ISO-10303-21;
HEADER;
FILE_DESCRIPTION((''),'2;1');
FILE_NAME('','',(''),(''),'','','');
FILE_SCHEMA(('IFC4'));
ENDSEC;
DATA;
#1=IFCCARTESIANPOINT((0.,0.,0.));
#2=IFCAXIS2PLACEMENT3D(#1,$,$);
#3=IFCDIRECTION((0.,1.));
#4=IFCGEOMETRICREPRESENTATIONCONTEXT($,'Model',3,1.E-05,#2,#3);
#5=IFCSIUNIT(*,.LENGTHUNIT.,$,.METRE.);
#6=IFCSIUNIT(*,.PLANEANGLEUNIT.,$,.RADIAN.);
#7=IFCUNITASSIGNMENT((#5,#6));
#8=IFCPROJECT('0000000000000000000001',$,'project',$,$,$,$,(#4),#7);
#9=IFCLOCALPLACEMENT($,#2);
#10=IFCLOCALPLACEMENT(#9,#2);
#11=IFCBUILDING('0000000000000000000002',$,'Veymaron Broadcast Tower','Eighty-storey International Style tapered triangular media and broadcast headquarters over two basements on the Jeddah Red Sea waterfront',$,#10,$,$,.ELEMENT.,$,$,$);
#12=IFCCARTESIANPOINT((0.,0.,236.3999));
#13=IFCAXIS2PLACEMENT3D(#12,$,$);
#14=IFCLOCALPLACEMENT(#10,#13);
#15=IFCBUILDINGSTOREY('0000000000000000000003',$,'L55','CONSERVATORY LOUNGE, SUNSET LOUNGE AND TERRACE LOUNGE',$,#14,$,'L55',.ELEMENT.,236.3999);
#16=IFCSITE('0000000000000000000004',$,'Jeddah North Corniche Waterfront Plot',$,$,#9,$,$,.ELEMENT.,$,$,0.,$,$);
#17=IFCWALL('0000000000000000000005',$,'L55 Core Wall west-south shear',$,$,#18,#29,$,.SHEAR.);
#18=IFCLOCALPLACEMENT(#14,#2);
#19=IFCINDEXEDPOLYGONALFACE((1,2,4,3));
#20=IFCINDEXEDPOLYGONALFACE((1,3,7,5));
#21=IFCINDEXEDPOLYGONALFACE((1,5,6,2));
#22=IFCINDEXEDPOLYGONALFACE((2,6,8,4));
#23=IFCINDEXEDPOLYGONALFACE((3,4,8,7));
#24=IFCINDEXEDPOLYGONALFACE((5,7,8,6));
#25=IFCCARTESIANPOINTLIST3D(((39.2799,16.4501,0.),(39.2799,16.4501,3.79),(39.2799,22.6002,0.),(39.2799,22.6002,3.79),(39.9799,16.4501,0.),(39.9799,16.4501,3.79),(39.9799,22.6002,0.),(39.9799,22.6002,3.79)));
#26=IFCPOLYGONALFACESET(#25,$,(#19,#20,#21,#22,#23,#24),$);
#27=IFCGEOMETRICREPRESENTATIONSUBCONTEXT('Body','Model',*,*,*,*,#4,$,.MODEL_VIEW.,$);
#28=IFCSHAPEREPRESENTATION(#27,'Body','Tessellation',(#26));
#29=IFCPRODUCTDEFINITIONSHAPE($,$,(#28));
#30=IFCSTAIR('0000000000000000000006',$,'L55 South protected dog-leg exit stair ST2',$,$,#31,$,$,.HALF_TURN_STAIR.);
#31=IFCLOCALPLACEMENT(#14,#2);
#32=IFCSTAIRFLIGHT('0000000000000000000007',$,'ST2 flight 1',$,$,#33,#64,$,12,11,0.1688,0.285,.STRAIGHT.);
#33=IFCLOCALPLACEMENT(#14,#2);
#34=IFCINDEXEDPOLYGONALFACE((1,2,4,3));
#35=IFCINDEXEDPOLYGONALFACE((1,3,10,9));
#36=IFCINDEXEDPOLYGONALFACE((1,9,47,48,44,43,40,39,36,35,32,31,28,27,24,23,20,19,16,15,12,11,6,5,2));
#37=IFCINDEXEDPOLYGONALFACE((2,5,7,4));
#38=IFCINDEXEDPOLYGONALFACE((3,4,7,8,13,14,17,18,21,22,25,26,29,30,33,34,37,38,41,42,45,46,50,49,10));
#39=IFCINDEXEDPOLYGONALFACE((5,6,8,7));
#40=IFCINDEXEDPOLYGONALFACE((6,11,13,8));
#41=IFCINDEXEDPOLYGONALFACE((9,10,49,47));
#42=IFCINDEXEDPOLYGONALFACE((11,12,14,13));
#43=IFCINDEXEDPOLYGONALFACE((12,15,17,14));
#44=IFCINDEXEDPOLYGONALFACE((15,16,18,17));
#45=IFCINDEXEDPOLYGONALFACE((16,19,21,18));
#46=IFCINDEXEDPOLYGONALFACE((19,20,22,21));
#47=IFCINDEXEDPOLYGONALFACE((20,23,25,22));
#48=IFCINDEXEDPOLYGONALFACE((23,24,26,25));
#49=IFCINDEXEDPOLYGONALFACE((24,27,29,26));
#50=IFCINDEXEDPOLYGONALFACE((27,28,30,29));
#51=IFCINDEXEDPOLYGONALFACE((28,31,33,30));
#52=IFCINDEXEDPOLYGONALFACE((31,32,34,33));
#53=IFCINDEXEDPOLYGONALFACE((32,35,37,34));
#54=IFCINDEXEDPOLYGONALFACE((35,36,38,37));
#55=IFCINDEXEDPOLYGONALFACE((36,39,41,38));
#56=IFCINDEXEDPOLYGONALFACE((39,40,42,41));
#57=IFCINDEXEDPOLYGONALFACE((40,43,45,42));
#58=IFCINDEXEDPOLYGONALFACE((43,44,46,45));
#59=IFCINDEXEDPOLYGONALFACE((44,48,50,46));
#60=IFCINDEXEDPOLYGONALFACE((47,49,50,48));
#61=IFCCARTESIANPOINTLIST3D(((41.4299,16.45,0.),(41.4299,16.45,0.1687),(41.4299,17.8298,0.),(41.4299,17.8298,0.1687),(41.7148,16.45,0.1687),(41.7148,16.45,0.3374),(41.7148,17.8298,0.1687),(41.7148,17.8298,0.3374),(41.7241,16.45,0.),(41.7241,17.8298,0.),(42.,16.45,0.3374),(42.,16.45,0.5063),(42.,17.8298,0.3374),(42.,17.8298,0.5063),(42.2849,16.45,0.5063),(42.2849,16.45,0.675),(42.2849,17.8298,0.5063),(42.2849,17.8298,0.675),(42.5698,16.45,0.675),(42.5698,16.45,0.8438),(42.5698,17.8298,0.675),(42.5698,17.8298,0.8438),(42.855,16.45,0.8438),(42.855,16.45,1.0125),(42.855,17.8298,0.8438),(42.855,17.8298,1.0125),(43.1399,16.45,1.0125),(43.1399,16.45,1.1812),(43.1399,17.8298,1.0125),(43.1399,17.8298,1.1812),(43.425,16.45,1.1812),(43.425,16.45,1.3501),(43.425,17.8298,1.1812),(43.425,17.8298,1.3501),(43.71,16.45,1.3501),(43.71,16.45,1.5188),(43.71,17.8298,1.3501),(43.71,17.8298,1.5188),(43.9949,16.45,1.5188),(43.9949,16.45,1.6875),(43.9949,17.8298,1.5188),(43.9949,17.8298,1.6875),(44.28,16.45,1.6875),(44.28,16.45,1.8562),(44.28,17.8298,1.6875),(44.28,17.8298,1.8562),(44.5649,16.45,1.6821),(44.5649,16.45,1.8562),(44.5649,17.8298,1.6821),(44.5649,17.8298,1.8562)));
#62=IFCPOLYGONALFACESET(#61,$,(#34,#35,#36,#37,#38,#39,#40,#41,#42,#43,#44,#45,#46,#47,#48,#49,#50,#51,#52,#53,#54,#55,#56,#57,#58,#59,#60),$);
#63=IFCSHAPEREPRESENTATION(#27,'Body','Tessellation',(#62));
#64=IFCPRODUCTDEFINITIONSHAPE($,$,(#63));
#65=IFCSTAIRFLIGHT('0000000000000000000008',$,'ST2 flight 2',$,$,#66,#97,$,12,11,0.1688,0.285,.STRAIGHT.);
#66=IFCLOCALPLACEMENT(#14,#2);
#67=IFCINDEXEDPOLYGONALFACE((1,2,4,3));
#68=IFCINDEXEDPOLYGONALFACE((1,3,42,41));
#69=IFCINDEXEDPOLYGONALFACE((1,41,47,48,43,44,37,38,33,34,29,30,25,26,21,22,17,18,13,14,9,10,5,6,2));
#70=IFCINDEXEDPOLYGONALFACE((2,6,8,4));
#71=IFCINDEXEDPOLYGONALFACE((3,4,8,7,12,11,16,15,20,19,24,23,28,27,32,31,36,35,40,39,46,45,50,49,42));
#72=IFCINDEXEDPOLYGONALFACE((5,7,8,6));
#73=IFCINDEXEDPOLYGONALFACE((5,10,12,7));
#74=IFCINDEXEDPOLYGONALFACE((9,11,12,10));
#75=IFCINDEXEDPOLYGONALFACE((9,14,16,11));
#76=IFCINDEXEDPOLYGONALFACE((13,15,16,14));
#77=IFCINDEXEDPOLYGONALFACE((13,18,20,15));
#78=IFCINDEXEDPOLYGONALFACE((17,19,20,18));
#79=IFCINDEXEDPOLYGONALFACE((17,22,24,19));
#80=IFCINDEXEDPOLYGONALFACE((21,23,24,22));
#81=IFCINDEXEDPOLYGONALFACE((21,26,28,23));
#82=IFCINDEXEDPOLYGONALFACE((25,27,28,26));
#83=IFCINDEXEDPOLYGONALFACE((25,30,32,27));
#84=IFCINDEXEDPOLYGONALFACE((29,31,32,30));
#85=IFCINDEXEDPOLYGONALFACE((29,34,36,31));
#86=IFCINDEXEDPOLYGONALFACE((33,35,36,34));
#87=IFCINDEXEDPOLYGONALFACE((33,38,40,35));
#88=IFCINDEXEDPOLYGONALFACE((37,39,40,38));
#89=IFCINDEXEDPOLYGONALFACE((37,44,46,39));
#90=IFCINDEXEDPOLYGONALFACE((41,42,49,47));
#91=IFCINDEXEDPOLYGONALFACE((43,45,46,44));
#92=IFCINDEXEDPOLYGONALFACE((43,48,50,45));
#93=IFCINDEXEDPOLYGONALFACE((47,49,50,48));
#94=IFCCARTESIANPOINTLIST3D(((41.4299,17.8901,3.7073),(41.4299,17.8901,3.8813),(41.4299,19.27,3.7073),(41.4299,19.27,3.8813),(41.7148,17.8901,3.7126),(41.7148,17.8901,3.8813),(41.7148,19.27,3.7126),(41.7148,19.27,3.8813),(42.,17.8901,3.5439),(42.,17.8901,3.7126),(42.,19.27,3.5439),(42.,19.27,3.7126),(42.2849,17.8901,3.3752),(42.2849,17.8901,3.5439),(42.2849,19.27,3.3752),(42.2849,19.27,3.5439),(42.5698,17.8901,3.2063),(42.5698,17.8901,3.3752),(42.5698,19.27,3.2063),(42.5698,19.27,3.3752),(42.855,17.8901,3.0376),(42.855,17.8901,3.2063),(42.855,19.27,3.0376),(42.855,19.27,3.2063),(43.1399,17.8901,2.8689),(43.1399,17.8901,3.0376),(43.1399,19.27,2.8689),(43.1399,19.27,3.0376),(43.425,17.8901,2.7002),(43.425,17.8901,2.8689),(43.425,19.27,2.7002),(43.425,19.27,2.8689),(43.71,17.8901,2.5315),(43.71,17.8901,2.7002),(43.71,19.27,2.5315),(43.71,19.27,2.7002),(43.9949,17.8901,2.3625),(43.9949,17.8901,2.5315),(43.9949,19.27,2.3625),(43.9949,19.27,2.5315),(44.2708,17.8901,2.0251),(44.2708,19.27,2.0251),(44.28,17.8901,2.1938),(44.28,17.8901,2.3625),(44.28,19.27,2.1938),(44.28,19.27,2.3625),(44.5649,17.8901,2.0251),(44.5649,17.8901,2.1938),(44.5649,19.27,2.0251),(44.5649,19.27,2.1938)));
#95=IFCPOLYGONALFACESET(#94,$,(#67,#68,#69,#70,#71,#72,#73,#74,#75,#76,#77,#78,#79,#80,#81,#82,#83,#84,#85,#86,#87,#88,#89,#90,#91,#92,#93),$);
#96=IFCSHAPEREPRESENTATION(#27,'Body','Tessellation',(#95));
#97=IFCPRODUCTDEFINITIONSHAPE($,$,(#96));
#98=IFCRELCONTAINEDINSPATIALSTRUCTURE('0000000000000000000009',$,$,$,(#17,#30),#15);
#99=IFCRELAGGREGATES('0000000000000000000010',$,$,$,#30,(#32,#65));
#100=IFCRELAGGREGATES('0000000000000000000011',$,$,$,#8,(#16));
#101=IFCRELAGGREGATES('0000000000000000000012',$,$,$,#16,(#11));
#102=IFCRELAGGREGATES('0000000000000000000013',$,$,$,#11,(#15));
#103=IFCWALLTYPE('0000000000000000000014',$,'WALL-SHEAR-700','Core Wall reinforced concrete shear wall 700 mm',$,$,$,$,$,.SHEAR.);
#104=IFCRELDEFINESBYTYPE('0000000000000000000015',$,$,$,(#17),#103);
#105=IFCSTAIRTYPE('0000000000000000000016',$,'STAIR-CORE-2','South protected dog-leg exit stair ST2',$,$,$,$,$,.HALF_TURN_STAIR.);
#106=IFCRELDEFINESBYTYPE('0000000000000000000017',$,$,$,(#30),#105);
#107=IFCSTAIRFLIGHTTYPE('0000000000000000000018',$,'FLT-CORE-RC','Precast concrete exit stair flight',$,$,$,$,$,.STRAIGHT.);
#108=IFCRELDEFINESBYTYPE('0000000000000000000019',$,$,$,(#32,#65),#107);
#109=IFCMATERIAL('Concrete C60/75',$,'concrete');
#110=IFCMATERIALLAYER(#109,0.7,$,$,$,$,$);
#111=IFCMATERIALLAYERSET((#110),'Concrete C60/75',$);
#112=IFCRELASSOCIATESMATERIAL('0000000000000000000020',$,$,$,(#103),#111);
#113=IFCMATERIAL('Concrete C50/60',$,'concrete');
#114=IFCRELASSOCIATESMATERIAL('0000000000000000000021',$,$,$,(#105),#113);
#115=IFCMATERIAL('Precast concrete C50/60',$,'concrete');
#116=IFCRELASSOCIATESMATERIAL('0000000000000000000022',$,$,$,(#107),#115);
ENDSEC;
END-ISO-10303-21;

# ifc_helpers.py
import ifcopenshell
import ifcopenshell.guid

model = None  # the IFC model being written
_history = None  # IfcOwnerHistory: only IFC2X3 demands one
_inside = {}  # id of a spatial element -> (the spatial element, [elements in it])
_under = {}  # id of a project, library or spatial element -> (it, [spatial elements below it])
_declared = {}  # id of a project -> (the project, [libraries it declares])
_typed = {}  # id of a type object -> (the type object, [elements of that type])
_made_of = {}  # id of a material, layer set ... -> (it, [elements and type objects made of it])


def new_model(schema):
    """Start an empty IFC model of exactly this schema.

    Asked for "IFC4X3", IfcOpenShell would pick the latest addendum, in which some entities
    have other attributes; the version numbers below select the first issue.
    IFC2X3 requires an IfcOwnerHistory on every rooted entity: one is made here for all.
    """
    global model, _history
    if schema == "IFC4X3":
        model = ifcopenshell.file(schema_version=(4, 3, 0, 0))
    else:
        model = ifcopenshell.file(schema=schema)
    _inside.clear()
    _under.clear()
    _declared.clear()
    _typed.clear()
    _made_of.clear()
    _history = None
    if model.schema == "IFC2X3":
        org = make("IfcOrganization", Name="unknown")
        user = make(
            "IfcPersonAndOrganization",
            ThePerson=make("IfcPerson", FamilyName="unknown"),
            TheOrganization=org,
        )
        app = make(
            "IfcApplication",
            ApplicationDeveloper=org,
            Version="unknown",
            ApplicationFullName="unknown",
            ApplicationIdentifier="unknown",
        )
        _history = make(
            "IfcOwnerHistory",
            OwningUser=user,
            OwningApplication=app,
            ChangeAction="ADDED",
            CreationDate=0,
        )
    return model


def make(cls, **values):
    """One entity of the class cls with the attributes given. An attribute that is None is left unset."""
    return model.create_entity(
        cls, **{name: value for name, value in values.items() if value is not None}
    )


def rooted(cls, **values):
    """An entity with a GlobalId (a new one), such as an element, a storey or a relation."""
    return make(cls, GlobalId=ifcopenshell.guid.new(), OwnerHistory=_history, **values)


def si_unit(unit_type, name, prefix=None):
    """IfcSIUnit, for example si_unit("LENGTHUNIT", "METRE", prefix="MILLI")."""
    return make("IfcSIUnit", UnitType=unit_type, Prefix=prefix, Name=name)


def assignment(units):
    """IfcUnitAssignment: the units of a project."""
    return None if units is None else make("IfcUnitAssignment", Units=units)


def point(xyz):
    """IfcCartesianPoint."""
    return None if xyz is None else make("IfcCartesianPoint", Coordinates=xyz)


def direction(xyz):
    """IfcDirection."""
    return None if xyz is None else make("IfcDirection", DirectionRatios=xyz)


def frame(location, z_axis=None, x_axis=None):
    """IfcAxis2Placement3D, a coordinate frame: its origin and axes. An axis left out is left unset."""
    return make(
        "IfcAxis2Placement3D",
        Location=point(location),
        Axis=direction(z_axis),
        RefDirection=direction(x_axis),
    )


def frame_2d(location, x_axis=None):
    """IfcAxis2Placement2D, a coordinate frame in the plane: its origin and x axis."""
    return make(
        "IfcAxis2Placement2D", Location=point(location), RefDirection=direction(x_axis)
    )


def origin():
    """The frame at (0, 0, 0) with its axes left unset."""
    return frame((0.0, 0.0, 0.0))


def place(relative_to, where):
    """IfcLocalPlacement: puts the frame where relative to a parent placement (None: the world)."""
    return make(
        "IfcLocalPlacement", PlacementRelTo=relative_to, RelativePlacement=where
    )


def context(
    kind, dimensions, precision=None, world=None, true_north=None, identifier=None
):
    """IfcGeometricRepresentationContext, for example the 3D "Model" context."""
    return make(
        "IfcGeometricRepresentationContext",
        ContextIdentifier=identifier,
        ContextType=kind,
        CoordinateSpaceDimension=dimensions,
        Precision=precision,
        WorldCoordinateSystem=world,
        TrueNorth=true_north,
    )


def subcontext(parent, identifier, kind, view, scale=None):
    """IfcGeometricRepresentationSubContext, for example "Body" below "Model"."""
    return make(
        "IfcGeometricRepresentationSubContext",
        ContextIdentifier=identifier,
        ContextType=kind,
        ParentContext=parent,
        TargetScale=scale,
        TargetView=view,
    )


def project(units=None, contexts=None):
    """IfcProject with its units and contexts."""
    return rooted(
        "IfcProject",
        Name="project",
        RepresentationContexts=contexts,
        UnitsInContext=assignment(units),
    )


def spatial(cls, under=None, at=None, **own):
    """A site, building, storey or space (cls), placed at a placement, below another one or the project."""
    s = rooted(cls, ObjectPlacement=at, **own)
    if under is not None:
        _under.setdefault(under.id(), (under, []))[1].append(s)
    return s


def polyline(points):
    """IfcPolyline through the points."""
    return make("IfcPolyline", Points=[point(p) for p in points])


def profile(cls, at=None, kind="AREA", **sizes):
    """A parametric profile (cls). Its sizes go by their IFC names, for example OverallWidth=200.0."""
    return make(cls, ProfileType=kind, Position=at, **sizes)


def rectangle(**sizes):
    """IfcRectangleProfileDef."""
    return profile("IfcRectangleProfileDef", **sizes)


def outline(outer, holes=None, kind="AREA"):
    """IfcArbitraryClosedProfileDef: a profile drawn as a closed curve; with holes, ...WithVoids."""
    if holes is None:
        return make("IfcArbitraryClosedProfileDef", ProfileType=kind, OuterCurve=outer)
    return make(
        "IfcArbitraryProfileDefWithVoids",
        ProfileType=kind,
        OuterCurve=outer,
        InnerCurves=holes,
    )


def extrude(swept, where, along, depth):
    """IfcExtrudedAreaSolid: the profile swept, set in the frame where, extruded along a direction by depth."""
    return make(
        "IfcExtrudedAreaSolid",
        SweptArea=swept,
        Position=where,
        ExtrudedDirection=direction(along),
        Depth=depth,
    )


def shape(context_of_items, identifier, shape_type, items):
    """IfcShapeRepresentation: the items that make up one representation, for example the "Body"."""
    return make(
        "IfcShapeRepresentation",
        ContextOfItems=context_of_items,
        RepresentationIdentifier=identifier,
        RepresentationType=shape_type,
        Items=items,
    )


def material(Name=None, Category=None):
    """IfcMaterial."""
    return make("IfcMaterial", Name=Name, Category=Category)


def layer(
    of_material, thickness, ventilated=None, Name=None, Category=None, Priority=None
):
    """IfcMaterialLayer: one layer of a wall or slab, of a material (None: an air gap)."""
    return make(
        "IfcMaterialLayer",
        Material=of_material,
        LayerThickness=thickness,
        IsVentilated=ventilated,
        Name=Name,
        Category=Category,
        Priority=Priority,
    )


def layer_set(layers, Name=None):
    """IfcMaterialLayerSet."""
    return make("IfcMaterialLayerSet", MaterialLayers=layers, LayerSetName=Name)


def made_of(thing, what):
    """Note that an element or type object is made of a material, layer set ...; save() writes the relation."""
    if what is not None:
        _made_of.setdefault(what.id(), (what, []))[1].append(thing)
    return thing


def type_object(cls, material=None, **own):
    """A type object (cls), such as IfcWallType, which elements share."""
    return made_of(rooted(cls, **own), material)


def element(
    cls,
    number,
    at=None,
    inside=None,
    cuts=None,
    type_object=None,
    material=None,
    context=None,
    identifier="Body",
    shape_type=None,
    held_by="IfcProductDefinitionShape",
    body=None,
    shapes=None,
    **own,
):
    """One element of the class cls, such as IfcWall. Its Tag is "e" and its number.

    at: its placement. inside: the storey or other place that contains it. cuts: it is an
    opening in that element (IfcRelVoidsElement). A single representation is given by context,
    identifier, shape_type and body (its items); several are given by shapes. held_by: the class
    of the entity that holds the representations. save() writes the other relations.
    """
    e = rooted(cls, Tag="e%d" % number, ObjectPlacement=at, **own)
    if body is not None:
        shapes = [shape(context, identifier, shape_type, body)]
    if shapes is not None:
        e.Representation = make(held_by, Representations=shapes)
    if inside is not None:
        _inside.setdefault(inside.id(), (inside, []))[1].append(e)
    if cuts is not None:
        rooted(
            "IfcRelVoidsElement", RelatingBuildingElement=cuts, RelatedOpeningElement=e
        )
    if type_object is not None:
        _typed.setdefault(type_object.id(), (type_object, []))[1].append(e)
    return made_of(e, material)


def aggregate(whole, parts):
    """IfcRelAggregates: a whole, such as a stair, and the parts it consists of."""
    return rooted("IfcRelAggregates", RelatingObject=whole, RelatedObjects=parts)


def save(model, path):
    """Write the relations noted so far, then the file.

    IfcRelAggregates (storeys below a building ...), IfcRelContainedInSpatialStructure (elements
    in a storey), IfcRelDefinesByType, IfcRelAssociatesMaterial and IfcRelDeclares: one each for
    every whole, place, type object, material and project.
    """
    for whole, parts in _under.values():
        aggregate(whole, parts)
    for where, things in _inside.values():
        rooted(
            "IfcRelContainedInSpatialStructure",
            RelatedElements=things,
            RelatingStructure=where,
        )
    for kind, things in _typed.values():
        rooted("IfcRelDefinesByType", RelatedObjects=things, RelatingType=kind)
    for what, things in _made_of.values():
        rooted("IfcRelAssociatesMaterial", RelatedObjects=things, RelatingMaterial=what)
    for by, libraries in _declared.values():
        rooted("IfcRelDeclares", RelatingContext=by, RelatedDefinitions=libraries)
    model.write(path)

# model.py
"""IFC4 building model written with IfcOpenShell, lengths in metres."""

from ifc_helpers import new_model, si_unit, direction, frame, frame_2d, origin, place, context, subcontext, project, spatial, polyline, rectangle, outline, extrude, material, layer, layer_set, type_object, element, aggregate, save


model = new_model("IFC4")

# Units and contexts
model_context = context("Model", 3, precision=1e-05, world=origin(), true_north=direction((0.0, 1.0)))
body_context = subcontext(model_context, "Body", "Model", "MODEL_VIEW")
ifc_project = project(units=[si_unit("LENGTHUNIT", "METRE"), si_unit("PLANEANGLEUNIT", "RADIAN")], contexts=[model_context])

# Site, building, storey
site_placement = place(None, origin())
site = spatial("IfcSite", under=ifc_project, at=site_placement, Name="Jeddah North Corniche Waterfront Plot", CompositionType="ELEMENT", RefElevation=0.0)
building_placement = place(site_placement, origin())
building = spatial("IfcBuilding", under=site, at=building_placement, Name="Veymaron Broadcast Tower", Description="Eighty-storey International Style tapered triangular media and broadcast headquarters over two basements on the Jeddah Red Sea waterfront", CompositionType="ELEMENT")
storey_placement = place(building_placement, frame((0.0, 0.0, 236.3999)))
storey = spatial("IfcBuildingStorey", under=building, at=storey_placement, Name="L55", Description="CONSERVATORY LOUNGE, SUNSET LOUNGE AND TERRACE LOUNGE", LongName="L55", CompositionType="ELEMENT", Elevation=236.3999)

# Shared definitions
ifc_material_1 = material(Name="Concrete C60/75", Category="concrete")

# Shared definitions
ifc_material_2 = material(Name="Concrete C50/60", Category="concrete")

# Wall
ifc_layer_1 = layer(ifc_material_1, 0.7)
ifc_layer_set_1 = layer_set([ifc_layer_1], Name="Concrete C60/75")
wall_type_1 = type_object("IfcWallType", Name="WALL-SHEAR-700", Description="Core Wall reinforced concrete shear wall 700 mm", PredefinedType="SHEAR", material=ifc_layer_set_1)
wall_1_placement = place(storey_placement, frame((39.6299, 16.45, 0.0), z_axis=(0.0, 0.0, 1.0), x_axis=(0.0, 1.0, 0.0)))
element("IfcWall", 1, at=wall_1_placement, inside=storey, type_object=wall_type_1, Name="L55 Core Wall west-south shear", PredefinedType="SHEAR", context=body_context, shape_type="SweptSolid", body=[
    extrude(rectangle(XDim=6.1501, YDim=0.7, at=frame_2d((3.0752, 0.0))), origin(), (0.0, 0.0, 1.0), 3.79),
])

# Stair, stair flights
stair_type = type_object("IfcStairType", Name="STAIR-CORE-2", Description="South protected dog-leg exit stair ST2", PredefinedType="HALF_TURN_STAIR", material=ifc_material_2)
stair_placement = place(storey_placement, origin())
stair = element("IfcStair", 2, at=stair_placement, inside=storey, type_object=stair_type, Name="L55 South protected dog-leg exit stair ST2", PredefinedType="HALF_TURN_STAIR")
ifc_material_3 = material(Name="Precast concrete C50/60", Category="concrete")
stair_flight_type = type_object("IfcStairFlightType", Name="FLT-CORE-RC", Description="Precast concrete exit stair flight", PredefinedType="STRAIGHT", material=ifc_material_3)
stair_flight_1_placement = place(storey_placement, frame((41.4299, 17.1399, 0.0), z_axis=(0.0, 0.0, 1.0), x_axis=(1.0, 0.0, 0.0)))
stair_flight_1 = element("IfcStairFlight", 3, at=stair_flight_1_placement, type_object=stair_flight_type, Name="ST2 flight 1", NumberOfRisers=12, NumberOfTreads=11, PredefinedType="STRAIGHT", RiserHeight=0.1688, TreadLength=0.285, context=body_context, shape_type="SweptSolid", body=[
    extrude(outline(polyline([(0.0, 0.0), (0.0, 0.1687), (0.2849, 0.1687), (0.2849, 0.3374), (0.5701, 0.3374), (0.5701, 0.5063), (0.855, 0.5063), (0.855, 0.675), (1.1399, 0.675), (1.1399, 0.8438), (1.425, 0.8438), (1.425, 1.0125), (1.71, 1.0125), (1.71, 1.1812), (1.9951, 1.1812), (1.9951, 1.3501), (2.28, 1.3501), (2.28, 1.5188), (2.5649, 1.5188), (2.5649, 1.6875), (2.8501, 1.6875), (2.8501, 1.8562), (3.135, 1.8562), (3.135, 2.0249), (3.135, 1.6821), (0.2942, 0.0), (0.0, 0.0)])), frame((0.0, 0.6899, 0.0), z_axis=(0.0, -1.0, 0.0), x_axis=(1.0, 0.0, 0.0)), (0.0, 0.0, 1.0), 1.3799),
])
stair_flight_2_placement = place(storey_placement, frame((44.5649, 18.5801, 2.0251), z_axis=(0.0, 0.0, 1.0), x_axis=(-1.0, 0.0, 0.0)))
stair_flight_2 = element("IfcStairFlight", 4, at=stair_flight_2_placement, type_object=stair_flight_type, Name="ST2 flight 2", NumberOfRisers=12, NumberOfTreads=11, PredefinedType="STRAIGHT", RiserHeight=0.1688, TreadLength=0.285, context=body_context, shape_type="SweptSolid", body=[
    extrude(outline(polyline([(0.0, 0.0), (0.0, 0.1687), (0.2849, 0.1687), (0.2849, 0.3374), (0.5701, 0.3374), (0.5701, 0.5063), (0.855, 0.5063), (0.855, 0.675), (1.1399, 0.675), (1.1399, 0.8438), (1.425, 0.8438), (1.425, 1.0125), (1.71, 1.0125), (1.71, 1.1812), (1.9951, 1.1812), (1.9951, 1.3501), (2.28, 1.3501), (2.28, 1.5188), (2.5649, 1.5188), (2.5649, 1.6875), (2.8501, 1.6875), (2.8501, 1.8562), (3.135, 1.8562), (3.135, 2.0249), (3.135, 1.6821), (0.2942, 0.0), (0.0, 0.0)])), frame((0.0, 0.6899, 0.0), z_axis=(0.0, -1.0, 0.0), x_axis=(1.0, 0.0, 0.0)), (0.0, 0.0, 1.0), 1.3799),
])
aggregate(stair, [stair_flight_1, stair_flight_2])

save(model, "model.ifc")
